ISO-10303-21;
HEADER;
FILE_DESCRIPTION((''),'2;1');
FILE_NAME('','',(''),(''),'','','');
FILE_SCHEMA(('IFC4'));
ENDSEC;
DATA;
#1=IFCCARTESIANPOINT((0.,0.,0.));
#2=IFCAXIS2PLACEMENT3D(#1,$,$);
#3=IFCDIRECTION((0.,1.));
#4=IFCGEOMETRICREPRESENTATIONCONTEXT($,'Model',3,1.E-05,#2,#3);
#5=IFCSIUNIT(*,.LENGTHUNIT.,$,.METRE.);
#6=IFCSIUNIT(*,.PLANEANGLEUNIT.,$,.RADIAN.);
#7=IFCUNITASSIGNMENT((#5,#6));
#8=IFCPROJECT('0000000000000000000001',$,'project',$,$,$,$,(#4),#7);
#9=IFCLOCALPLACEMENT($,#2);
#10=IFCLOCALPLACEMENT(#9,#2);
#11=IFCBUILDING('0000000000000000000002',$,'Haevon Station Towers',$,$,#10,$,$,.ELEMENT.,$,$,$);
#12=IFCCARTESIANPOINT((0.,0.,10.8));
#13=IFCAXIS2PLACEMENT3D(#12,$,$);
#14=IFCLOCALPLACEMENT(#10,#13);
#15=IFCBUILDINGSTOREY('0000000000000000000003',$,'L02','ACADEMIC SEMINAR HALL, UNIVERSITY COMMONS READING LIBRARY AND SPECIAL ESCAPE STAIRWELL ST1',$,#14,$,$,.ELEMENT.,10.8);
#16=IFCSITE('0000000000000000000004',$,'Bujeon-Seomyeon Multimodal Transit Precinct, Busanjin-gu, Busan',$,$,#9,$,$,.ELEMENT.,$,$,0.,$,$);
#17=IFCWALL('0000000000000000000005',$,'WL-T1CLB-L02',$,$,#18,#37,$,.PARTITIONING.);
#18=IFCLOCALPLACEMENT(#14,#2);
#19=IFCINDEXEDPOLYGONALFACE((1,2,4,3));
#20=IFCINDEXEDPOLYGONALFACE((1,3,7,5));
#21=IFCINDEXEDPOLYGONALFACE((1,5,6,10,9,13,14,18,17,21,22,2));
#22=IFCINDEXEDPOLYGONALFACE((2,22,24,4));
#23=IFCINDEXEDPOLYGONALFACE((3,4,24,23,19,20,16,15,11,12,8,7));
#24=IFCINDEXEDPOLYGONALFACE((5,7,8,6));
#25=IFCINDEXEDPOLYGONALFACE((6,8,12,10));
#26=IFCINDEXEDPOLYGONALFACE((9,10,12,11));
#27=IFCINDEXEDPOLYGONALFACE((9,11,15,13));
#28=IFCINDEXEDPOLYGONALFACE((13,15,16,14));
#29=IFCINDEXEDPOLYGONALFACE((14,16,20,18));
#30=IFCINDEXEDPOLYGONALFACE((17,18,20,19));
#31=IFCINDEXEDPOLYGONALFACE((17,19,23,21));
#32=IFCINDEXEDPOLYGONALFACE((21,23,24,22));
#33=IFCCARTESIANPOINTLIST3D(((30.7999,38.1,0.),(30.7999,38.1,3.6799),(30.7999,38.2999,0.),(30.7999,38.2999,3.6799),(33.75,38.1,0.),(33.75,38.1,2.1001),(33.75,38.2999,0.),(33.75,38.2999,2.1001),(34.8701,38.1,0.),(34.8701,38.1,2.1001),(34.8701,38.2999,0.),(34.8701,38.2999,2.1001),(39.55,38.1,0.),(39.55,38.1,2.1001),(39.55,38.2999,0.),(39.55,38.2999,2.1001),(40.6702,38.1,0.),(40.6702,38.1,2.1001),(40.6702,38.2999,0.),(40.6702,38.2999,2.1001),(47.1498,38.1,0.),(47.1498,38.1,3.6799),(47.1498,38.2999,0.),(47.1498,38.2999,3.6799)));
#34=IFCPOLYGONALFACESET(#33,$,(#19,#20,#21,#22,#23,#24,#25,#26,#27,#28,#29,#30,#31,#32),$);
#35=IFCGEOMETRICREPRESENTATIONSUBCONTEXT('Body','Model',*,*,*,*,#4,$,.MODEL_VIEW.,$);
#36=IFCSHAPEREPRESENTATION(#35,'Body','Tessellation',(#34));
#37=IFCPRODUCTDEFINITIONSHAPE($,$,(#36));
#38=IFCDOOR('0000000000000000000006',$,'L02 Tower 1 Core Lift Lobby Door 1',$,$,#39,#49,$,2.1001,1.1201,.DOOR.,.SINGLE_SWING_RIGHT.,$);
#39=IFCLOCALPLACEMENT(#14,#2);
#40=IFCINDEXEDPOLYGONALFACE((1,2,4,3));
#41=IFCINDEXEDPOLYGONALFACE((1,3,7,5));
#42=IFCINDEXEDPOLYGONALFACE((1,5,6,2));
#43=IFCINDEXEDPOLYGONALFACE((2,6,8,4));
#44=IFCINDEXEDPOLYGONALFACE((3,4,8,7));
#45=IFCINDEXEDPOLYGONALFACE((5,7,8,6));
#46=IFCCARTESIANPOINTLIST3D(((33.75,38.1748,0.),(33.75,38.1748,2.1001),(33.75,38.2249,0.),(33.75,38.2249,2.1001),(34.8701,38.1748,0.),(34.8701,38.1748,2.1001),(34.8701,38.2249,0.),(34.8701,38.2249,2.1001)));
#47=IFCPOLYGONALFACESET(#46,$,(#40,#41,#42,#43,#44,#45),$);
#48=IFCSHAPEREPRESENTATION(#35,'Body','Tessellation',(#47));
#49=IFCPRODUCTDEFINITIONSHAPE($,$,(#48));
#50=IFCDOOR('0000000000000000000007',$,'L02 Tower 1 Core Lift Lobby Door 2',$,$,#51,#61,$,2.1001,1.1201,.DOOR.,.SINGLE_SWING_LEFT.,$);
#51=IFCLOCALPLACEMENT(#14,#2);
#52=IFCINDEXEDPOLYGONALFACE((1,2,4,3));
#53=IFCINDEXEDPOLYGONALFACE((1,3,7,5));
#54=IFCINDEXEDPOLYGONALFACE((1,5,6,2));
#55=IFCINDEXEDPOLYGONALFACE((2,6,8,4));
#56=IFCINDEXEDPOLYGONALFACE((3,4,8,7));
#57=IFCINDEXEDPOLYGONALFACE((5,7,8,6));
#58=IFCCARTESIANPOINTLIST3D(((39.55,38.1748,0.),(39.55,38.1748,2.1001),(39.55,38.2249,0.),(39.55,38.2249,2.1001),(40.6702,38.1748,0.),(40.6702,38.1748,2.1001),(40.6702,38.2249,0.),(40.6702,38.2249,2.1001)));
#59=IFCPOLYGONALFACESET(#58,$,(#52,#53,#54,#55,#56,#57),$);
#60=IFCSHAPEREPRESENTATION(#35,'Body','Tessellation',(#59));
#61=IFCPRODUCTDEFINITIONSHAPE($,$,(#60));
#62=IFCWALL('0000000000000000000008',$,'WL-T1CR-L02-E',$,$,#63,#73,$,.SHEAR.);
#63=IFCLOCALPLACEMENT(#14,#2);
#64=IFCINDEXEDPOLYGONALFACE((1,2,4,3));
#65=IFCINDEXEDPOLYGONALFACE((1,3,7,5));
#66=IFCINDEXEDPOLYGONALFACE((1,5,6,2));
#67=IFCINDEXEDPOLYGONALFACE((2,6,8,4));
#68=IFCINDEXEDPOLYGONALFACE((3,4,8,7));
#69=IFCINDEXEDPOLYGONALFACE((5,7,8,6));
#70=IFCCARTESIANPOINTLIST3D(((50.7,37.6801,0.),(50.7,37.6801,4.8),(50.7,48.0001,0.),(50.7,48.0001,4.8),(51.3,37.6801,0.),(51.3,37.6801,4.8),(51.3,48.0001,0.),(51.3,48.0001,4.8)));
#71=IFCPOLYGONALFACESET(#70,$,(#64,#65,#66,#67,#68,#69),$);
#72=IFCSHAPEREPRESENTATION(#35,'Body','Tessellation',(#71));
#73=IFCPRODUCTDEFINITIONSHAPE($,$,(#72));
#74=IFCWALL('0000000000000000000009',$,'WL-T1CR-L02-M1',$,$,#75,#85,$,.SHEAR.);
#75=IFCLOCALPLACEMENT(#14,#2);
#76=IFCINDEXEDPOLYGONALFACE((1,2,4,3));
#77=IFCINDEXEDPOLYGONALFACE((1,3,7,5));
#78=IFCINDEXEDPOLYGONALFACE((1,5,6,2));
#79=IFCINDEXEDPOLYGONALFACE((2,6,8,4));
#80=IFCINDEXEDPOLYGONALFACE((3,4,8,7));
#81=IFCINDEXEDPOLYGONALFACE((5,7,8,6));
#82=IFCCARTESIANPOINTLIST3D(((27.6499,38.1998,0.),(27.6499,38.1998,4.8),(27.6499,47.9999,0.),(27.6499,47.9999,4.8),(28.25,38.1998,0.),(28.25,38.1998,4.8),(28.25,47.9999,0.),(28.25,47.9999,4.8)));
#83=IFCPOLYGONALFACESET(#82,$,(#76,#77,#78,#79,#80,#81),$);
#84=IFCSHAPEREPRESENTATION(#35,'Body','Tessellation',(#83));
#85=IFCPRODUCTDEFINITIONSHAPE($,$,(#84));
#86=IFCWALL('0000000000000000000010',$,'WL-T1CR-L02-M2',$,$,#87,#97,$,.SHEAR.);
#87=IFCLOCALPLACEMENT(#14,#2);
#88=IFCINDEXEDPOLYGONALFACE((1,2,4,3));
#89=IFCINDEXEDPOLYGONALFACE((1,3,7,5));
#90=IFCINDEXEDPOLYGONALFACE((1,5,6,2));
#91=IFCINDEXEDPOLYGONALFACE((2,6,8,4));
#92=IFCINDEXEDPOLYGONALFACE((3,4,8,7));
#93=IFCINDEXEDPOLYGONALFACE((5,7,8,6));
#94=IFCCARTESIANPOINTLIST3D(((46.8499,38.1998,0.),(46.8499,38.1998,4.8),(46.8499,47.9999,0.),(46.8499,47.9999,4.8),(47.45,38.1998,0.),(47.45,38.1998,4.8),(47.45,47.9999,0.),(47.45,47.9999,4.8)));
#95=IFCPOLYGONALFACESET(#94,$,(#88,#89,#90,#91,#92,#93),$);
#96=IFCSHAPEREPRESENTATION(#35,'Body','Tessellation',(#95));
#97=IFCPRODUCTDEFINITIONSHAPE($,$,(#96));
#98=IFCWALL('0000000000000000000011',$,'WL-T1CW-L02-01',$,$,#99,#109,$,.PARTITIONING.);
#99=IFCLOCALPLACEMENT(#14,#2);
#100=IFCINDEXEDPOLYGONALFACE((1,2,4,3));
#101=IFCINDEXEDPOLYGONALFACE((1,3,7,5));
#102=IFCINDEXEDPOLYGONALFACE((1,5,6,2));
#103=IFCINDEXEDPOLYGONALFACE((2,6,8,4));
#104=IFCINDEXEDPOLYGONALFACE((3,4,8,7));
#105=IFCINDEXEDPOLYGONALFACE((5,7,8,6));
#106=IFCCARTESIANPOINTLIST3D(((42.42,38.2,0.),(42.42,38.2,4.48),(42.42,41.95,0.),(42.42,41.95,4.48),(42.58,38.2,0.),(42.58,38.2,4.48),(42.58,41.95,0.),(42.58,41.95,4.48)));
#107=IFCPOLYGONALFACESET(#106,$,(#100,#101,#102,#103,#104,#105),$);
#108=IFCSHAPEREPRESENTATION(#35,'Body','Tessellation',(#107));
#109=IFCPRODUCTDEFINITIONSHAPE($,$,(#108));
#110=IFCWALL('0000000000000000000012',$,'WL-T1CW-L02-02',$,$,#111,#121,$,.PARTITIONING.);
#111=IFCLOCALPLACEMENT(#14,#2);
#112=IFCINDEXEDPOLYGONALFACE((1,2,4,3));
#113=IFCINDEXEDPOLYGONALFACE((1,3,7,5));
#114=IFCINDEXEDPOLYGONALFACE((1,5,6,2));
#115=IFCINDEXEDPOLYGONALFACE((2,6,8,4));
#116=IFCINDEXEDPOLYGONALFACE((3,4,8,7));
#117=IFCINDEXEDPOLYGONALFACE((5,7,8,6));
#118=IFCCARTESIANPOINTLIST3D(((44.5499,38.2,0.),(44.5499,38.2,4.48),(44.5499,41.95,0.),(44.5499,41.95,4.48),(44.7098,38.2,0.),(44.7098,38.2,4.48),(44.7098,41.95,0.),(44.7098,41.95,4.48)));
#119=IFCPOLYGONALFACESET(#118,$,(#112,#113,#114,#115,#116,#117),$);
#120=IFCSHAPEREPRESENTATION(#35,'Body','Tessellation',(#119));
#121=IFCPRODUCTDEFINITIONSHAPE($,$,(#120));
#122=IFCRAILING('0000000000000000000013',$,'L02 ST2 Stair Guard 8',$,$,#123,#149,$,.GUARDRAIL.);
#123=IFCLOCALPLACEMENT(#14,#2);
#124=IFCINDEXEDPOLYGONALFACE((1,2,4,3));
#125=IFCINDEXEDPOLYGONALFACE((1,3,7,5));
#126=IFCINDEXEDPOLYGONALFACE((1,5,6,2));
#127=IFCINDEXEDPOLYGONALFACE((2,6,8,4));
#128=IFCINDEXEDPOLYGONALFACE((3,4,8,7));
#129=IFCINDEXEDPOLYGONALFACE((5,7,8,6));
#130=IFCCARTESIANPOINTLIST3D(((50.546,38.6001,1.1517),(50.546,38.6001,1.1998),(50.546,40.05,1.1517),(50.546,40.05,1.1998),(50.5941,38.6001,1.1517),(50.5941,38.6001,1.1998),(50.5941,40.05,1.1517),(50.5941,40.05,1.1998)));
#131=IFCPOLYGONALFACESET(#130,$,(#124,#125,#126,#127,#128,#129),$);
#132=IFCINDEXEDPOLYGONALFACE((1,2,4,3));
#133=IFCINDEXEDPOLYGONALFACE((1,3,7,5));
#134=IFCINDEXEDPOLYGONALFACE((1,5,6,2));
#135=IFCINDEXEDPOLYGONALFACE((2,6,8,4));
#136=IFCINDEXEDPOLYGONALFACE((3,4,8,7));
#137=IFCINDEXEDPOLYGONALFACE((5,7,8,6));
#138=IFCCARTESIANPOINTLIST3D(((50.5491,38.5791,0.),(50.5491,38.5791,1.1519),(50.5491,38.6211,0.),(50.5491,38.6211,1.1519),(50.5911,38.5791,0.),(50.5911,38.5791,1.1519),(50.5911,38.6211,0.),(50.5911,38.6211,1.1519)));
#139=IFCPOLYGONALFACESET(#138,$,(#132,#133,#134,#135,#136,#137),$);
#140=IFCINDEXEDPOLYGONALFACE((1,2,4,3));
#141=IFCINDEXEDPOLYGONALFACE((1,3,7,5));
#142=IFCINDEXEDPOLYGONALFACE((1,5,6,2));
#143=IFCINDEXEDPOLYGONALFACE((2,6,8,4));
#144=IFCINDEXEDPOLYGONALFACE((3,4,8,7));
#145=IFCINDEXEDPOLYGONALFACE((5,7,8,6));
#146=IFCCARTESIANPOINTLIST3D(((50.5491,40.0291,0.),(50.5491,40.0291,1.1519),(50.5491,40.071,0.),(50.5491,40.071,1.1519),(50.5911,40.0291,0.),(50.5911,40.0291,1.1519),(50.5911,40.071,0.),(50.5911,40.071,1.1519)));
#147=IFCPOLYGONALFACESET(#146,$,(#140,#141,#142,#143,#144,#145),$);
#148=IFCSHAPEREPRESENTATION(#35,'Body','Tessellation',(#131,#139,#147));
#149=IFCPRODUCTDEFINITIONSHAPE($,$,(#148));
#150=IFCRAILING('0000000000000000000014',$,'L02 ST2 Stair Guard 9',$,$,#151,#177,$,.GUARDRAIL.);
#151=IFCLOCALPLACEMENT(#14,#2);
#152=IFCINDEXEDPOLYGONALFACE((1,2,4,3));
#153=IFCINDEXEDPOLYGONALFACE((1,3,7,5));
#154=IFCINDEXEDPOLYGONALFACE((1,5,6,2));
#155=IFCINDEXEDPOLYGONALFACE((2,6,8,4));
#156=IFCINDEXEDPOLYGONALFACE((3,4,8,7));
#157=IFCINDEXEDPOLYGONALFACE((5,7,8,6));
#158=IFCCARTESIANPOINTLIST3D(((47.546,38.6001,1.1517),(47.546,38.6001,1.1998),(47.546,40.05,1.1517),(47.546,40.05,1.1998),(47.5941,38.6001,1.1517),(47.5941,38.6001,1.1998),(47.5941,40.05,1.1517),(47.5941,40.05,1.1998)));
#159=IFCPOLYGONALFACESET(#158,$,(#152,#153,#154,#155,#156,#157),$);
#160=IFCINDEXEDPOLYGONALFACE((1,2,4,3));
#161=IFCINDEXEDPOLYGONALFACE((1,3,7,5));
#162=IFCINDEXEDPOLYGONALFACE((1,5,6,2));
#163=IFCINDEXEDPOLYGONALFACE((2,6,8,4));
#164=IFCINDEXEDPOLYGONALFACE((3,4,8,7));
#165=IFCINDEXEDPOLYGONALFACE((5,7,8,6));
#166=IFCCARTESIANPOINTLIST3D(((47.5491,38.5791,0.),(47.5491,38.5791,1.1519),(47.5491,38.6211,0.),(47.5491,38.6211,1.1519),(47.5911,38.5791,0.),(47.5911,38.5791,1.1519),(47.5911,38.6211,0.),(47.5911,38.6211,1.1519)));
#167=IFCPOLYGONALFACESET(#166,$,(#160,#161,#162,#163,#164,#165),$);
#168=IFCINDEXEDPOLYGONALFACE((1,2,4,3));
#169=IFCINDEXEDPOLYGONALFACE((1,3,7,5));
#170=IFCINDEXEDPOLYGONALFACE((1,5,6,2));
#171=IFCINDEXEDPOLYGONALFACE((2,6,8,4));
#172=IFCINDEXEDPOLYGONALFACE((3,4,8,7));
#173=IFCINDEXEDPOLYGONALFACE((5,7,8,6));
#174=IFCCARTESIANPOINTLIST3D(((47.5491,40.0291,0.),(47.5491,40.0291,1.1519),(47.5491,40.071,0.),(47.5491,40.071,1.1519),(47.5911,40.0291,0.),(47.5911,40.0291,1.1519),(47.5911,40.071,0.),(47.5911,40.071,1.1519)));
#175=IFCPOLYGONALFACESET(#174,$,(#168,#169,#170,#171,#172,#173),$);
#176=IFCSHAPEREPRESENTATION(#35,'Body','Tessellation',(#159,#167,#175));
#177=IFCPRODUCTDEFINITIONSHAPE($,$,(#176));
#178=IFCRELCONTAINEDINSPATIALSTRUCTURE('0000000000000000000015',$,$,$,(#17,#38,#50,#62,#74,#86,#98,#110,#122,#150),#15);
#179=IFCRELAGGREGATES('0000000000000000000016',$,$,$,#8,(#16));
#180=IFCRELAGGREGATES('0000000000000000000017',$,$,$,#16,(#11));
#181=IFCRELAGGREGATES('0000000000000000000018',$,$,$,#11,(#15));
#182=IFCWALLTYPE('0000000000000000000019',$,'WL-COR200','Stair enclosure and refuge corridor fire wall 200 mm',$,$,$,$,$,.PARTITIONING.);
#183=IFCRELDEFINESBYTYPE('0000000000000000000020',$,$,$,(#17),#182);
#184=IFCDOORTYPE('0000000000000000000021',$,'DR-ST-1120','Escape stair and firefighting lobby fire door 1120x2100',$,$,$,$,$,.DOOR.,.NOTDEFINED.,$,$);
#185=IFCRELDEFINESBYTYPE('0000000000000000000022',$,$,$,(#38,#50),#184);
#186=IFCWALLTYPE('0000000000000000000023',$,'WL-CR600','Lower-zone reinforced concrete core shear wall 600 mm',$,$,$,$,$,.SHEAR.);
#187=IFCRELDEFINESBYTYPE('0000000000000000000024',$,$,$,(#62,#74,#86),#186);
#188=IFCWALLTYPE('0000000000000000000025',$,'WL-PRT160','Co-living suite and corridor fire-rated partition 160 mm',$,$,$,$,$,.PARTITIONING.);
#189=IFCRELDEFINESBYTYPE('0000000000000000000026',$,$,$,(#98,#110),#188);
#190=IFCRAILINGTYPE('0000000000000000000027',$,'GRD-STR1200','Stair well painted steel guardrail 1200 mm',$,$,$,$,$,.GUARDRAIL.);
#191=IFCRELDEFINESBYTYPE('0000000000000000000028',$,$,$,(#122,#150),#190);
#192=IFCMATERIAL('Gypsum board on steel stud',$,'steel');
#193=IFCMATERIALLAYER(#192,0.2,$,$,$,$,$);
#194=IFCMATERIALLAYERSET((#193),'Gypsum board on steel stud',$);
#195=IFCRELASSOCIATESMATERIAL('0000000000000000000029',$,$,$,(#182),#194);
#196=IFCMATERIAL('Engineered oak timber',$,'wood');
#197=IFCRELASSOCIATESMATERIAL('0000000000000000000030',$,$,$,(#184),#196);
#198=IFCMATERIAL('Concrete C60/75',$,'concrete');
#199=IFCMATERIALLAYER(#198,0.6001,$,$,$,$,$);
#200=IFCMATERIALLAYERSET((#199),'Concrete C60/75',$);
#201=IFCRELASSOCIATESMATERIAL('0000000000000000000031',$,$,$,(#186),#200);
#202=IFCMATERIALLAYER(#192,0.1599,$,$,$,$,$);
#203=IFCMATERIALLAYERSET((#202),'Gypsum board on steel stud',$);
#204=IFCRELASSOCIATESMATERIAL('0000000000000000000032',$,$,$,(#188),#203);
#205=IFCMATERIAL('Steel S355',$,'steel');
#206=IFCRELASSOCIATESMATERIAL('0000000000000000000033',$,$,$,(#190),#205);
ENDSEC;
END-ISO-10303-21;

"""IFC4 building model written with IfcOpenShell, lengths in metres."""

from ifc_helpers import new_model, si_unit, direction, frame, frame_2d, origin, origin_2d, place, context, subcontext, project, spatial, rectangle, extrude, material, layer, layer_set, type_object, element, fill, save


model = new_model("IFC4")

# Units and contexts
model_context = context("Model", 3, precision=1e-05, world=origin(), true_north=direction((0.0, 1.0)))
body_context = subcontext(model_context, "Body", "Model", "MODEL_VIEW")
ifc_project = project(units=[si_unit("LENGTHUNIT", "METRE"), si_unit("PLANEANGLEUNIT", "RADIAN")], contexts=[model_context])

# Site, building, storey
site_placement = place(None, origin())
site = spatial("IfcSite", under=ifc_project, at=site_placement, Name="Bujeon-Seomyeon Multimodal Transit Precinct, Busanjin-gu, Busan", CompositionType="ELEMENT", RefElevation=0.0)
building_placement = place(site_placement, origin())
building = spatial("IfcBuilding", under=site, at=building_placement, Name="Haevon Station Towers", CompositionType="ELEMENT")
storey_placement = place(building_placement, frame((0.0, 0.0, 10.8)))
storey = spatial("IfcBuildingStorey", under=building, at=storey_placement, Name="L02", Description="ACADEMIC SEMINAR HALL, UNIVERSITY COMMONS READING LIBRARY AND SPECIAL ESCAPE STAIRWELL ST1", CompositionType="ELEMENT", Elevation=10.8)

# Shared definitions
ifc_material_1 = material(Name="Steel S355", Category="steel")

# Shared definitions
ifc_material_2 = material(Name="Gypsum board on steel stud", Category="steel")
ifc_layer_1 = layer(ifc_material_2, 0.2)
ifc_layer_set_1 = layer_set([ifc_layer_1], Name="Gypsum board on steel stud")
wall_type_1 = type_object("IfcWallType", Name="WL-COR200", Description="Stair enclosure and refuge corridor fire wall 200 mm", PredefinedType="PARTITIONING", material=ifc_layer_set_1)
ifc_material_3 = material(Name="Engineered oak timber", Category="wood")
door_type_1 = type_object("IfcDoorType", Name="DR-ST-1120", Description="Escape stair and firefighting lobby fire door 1120x2100", OperationType="NOTDEFINED", PredefinedType="DOOR", material=ifc_material_3)

# Wall, openings, doors
wall_1_placement = place(storey_placement, frame((30.8, 38.2, 0.0), z_axis=(0.0, 0.0, 1.0), x_axis=(1.0, 0.0, 0.0)))
wall_1 = element("IfcWall", 1, at=wall_1_placement, inside=storey, type_object=wall_type_1, Name="WL-T1CLB-L02", PredefinedType="PARTITIONING", context=body_context, shape_type="SweptSolid", body=[
    extrude(rectangle(XDim=16.3499, YDim=0.2, at=frame_2d((8.1748, 0.0))), origin(), (0.0, 0.0, 1.0), 3.6799),
])
opening_1_placement = place(wall_1_placement, frame((2.95, 0.0, 0.0)))
opening_1 = element("IfcOpeningElement", 2, at=opening_1_placement, cuts=wall_1, PredefinedType="OPENING", context=body_context, shape_type="SweptSolid", body=[
    extrude(rectangle(XDim=1.1201, YDim=2.1001, at=frame_2d((0.5601, 1.05))), frame((0.0, 0.1099, 0.0), z_axis=(0.0, -1.0, 0.0), x_axis=(1.0, 0.0, 0.0)), (0.0, 0.0, 1.0), 0.22),
])
opening_2_placement = place(wall_1_placement, frame((8.75, 0.0, 0.0)))
opening_2 = element("IfcOpeningElement", 3, at=opening_2_placement, cuts=wall_1, PredefinedType="OPENING", context=body_context, shape_type="SweptSolid", body=[
    extrude(rectangle(XDim=1.1201, YDim=2.1001, at=frame_2d((0.5601, 1.05))), frame((0.0, 0.1099, 0.0), z_axis=(0.0, -1.0, 0.0), x_axis=(1.0, 0.0, 0.0)), (0.0, 0.0, 1.0), 0.22),
])
door_1_placement = place(opening_1_placement, origin())
door_1 = element("IfcDoor", 4, at=door_1_placement, inside=storey, type_object=door_type_1, Name="L02 Tower 1 Core Lift Lobby Door 1", OperationType="SINGLE_SWING_RIGHT", OverallHeight=2.1001, OverallWidth=1.1201, PredefinedType="DOOR", context=body_context, shape_type="SweptSolid", body=[
    extrude(rectangle(XDim=1.1201, YDim=2.1001, at=frame_2d((0.5601, 1.05))), frame((0.0, 0.0249, 0.0), z_axis=(0.0, -1.0, 0.0), x_axis=(1.0, 0.0, 0.0)), (0.0, 0.0, 1.0), 0.05),
])
fill(opening_1, door_1)
door_2_placement = place(opening_2_placement, origin())
door_2 = element("IfcDoor", 5, at=door_2_placement, inside=storey, type_object=door_type_1, Name="L02 Tower 1 Core Lift Lobby Door 2", OperationType="SINGLE_SWING_LEFT", OverallHeight=2.1001, OverallWidth=1.1201, PredefinedType="DOOR", context=body_context, shape_type="SweptSolid", body=[
    extrude(rectangle(XDim=1.1201, YDim=2.1001, at=frame_2d((0.5601, 1.05))), frame((0.0, 0.0249, 0.0), z_axis=(0.0, -1.0, 0.0), x_axis=(1.0, 0.0, 0.0)), (0.0, 0.0, 1.0), 0.05),
])
fill(opening_2, door_2)

# Walls
ifc_material_4 = material(Name="Concrete C60/75", Category="concrete")
ifc_layer_2 = layer(ifc_material_4, 0.6001)
ifc_layer_set_2 = layer_set([ifc_layer_2], Name="Concrete C60/75")
wall_type_2 = type_object("IfcWallType", Name="WL-CR600", Description="Lower-zone reinforced concrete core shear wall 600 mm", PredefinedType="SHEAR", material=ifc_layer_set_2)
wall_2_placement = place(storey_placement, frame((51.0, 37.6799, 0.0), z_axis=(0.0, 0.0, 1.0), x_axis=(0.0, 1.0, 0.0)))
element("IfcWall", 6, at=wall_2_placement, inside=storey, type_object=wall_type_2, Name="WL-T1CR-L02-E", PredefinedType="SHEAR", context=body_context, shape_type="SweptSolid", body=[
    extrude(rectangle(XDim=10.3201, YDim=0.6001, at=frame_2d((5.1602, 0.0))), origin(), (0.0, 0.0, 1.0), 4.8),
])
for number, where, z_axis, x_axis, name in (
    (7, (27.95, 38.2, 0.0), (0.0, 0.0, 1.0), (0.0, 1.0, 0.0), "WL-T1CR-L02-M1"),
    (8, (47.1499, 38.2, 0.0), (0.0, 0.0, 1.0), (0.0, 1.0, 0.0), "WL-T1CR-L02-M2"),
):
    element("IfcWall", number, at=place(storey_placement, frame(where, z_axis=z_axis, x_axis=x_axis)), inside=storey, type_object=wall_type_2, Name=name, PredefinedType="SHEAR", context=body_context, shape_type="SweptSolid", body=[
        extrude(rectangle(XDim=9.8, YDim=0.6001, at=frame_2d((4.8999, 0.0))), origin(), (0.0, 0.0, 1.0), 4.8),
    ])
ifc_layer_3 = layer(ifc_material_2, 0.1599)
ifc_layer_set_3 = layer_set([ifc_layer_3], Name="Gypsum board on steel stud")
wall_type_3 = type_object("IfcWallType", Name="WL-PRT160", Description="Co-living suite and corridor fire-rated partition 160 mm", PredefinedType="PARTITIONING", material=ifc_layer_set_3)
for number, where, z_axis, x_axis, name in (
    (9, (42.5, 38.2, 0.0), (0.0, 0.0, 1.0), (0.0, 1.0, 0.0), "WL-T1CW-L02-01"),
    (10, (44.6299, 38.2, 0.0), (0.0, 0.0, 1.0), (0.0, 1.0, 0.0), "WL-T1CW-L02-02"),
):
    element("IfcWall", number, at=place(storey_placement, frame(where, z_axis=z_axis, x_axis=x_axis)), inside=storey, type_object=wall_type_3, Name=name, PredefinedType="PARTITIONING", context=body_context, shape_type="SweptSolid", body=[
        extrude(rectangle(XDim=3.75, YDim=0.1599, at=frame_2d((1.875, 0.0))), origin(), (0.0, 0.0, 1.0), 4.48),
    ])

# Railings
railing_type = type_object("IfcRailingType", Name="GRD-STR1200", Description="Stair well painted steel guardrail 1200 mm", PredefinedType="GUARDRAIL", material=ifc_material_1)
for number, where, name in (
    (11, (50.5701, 38.6001, 0.0), "L02 ST2 Stair Guard 8"),
    (12, (47.5701, 38.6001, 0.0), "L02 ST2 Stair Guard 9"),
):
    element("IfcRailing", number, at=place(storey_placement, frame(where)), inside=storey, type_object=railing_type, Name=name, PredefinedType="GUARDRAIL", context=body_context, shape_type="SweptSolid", body=[
        extrude(rectangle(XDim=0.0481, YDim=0.0481, at=origin_2d()), frame((0.0, 0.0, 1.1758), z_axis=(0.0, 1.0, 0.0), x_axis=(-1.0, 0.0, 0.0)), (0.0, 0.0, 1.0), 1.45),
        extrude(rectangle(XDim=0.042, YDim=0.042, at=origin_2d()), origin(), (0.0, 0.0, 1.0), 1.1519),
        extrude(rectangle(XDim=0.042, YDim=0.042, at=origin_2d()), frame((0.0, 1.45, 0.0)), (0.0, 0.0, 1.0), 1.1519),
    ])

save(model, "model.ifc")
